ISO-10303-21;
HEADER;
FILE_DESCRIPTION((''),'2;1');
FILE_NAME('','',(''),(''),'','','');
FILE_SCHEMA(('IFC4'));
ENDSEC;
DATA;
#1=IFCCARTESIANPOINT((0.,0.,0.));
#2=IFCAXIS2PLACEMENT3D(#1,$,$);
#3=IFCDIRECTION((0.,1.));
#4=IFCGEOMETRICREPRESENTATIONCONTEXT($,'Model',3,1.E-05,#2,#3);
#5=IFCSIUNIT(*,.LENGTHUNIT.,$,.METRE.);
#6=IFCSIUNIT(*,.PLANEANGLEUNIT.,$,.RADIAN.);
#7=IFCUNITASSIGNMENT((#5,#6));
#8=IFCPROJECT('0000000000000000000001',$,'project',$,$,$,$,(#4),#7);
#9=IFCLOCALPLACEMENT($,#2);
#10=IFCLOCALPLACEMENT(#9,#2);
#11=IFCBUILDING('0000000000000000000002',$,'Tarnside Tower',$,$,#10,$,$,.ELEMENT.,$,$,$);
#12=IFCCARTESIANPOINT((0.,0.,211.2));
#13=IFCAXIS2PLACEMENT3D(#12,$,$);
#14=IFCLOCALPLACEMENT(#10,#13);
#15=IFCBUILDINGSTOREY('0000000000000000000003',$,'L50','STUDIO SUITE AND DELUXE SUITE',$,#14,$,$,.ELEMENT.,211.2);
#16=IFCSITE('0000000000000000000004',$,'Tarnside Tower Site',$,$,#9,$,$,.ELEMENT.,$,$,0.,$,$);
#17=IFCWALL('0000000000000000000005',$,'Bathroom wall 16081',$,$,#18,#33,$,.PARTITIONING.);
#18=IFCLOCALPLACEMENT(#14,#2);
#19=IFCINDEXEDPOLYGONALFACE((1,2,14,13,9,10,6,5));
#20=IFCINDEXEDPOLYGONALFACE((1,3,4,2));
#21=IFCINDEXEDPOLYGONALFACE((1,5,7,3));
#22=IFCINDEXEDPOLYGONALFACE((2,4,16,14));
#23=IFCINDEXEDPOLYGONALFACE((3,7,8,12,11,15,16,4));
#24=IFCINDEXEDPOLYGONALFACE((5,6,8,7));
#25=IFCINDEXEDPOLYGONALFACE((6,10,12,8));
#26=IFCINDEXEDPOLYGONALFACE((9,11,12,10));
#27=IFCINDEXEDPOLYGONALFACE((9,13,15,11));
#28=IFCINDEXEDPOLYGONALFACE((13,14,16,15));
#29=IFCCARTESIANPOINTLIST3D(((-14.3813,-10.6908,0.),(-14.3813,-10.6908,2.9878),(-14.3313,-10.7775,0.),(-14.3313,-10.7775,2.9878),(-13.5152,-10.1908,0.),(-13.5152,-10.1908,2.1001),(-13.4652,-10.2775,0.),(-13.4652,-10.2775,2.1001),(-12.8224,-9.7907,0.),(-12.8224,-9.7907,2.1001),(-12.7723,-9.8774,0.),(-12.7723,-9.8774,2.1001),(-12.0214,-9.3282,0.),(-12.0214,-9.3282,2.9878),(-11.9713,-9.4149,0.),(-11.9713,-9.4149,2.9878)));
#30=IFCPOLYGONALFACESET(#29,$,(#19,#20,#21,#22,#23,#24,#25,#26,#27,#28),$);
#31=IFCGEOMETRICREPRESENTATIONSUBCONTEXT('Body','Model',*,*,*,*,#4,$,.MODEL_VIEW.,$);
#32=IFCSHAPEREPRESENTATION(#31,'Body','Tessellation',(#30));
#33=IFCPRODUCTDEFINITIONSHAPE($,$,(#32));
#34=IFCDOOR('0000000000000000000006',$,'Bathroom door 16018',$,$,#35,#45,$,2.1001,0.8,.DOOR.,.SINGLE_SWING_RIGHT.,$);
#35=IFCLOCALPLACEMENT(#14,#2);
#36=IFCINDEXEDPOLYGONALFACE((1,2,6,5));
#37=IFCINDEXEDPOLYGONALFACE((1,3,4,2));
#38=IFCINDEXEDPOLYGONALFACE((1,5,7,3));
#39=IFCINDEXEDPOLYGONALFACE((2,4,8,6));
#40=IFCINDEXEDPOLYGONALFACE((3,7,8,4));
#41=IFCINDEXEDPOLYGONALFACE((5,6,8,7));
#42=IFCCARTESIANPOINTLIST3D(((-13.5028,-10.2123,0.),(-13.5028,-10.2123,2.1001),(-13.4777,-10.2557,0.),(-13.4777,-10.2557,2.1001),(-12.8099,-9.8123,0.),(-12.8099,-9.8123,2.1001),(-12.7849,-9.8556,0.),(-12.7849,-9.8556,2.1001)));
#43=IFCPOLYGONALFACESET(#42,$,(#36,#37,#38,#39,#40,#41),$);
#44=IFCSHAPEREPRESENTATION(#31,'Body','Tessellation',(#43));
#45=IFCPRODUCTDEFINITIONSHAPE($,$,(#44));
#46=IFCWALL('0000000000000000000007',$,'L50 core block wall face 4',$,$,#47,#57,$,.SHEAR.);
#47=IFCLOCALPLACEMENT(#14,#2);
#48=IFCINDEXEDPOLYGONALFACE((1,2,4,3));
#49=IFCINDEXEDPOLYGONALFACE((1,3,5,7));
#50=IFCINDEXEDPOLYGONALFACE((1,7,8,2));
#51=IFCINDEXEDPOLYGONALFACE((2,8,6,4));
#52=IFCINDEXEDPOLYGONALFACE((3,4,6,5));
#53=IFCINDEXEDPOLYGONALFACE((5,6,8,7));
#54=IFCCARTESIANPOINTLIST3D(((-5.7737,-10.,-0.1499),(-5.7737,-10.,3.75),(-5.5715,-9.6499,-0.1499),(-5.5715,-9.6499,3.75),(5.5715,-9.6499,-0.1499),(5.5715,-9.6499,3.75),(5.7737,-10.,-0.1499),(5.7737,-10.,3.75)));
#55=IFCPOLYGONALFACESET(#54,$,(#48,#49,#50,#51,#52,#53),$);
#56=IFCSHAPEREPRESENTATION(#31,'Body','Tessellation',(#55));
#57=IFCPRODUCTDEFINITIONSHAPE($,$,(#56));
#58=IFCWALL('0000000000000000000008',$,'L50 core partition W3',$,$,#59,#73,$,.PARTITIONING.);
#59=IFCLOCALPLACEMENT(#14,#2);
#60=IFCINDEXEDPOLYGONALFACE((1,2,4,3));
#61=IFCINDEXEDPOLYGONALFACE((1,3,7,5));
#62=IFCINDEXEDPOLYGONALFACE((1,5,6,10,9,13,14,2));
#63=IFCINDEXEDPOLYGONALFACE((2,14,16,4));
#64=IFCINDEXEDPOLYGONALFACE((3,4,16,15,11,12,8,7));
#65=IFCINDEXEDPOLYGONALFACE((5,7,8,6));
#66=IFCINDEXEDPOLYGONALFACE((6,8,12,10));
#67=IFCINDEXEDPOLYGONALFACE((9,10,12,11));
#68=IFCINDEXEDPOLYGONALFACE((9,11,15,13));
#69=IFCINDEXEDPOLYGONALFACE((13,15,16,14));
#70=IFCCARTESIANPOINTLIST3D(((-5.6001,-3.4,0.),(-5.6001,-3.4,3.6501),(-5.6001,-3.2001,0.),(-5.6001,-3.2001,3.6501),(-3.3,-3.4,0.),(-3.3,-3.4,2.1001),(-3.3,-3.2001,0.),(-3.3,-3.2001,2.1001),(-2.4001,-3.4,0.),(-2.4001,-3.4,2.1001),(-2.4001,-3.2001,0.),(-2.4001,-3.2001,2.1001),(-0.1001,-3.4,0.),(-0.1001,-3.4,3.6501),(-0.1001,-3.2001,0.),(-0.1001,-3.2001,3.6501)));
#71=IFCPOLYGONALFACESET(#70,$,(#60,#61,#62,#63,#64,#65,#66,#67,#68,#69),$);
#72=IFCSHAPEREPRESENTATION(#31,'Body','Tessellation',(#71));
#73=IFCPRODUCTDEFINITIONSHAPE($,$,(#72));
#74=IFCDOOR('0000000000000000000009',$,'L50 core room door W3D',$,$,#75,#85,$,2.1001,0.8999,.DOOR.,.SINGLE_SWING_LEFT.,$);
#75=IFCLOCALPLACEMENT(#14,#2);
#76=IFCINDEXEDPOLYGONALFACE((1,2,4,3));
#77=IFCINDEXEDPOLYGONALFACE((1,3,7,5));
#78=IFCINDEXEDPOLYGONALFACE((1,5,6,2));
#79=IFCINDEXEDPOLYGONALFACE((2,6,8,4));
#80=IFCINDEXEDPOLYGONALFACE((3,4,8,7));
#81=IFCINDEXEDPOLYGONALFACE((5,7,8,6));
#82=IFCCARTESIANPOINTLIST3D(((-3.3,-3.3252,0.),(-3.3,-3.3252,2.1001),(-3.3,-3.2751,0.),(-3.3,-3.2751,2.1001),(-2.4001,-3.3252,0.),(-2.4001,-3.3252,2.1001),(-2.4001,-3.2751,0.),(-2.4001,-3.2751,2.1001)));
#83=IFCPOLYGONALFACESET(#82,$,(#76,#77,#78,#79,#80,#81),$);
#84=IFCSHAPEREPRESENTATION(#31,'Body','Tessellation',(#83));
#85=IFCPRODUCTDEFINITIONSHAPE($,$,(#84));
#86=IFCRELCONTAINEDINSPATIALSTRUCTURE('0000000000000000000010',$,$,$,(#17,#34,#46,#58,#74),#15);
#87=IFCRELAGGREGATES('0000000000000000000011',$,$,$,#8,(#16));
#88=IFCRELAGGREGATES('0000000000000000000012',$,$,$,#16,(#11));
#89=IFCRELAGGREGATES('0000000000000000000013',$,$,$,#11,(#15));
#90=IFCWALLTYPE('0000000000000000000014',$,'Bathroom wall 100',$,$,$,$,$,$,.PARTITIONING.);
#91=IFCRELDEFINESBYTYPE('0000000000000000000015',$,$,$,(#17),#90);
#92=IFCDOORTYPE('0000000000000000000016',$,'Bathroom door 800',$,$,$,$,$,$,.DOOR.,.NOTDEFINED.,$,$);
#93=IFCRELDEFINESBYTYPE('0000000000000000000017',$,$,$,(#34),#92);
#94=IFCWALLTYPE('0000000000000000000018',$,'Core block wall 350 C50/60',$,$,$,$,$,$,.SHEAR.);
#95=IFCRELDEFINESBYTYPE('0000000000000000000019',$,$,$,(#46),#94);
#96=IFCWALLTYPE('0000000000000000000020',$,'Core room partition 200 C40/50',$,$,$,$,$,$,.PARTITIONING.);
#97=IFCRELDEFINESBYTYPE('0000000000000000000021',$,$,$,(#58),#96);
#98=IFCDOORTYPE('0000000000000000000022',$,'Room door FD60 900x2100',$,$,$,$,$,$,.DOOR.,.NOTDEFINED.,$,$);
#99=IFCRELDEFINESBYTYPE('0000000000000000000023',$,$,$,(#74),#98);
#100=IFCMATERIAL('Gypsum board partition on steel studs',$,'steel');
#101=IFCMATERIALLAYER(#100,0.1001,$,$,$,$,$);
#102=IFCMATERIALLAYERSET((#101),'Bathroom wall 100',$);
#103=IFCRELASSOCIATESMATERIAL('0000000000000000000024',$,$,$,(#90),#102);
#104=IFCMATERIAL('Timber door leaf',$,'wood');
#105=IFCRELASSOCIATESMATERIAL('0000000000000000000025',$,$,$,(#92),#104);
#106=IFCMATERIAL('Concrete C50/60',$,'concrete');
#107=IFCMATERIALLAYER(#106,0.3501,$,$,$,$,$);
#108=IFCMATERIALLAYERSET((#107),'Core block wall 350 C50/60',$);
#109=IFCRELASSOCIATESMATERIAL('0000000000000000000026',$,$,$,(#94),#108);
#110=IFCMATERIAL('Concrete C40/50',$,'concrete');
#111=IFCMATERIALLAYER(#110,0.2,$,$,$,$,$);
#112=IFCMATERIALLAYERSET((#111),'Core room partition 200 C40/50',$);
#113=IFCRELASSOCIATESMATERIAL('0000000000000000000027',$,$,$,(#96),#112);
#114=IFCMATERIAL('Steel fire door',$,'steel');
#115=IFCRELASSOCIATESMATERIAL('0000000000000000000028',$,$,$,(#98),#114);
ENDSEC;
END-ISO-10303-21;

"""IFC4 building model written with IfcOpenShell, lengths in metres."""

from ifc_helpers import new_model, si_unit, direction, frame, frame_2d, origin, place, context, subcontext, project, spatial, polyline, rectangle, outline, extrude, material, layer, layer_set, type_object, element, fill, save


model = new_model("IFC4")

# Units and contexts
model_context = context("Model", 3, precision=1e-05, world=origin(), true_north=direction((0.0, 1.0)))
body_context = subcontext(model_context, "Body", "Model", "MODEL_VIEW")
ifc_project = project(units=[si_unit("LENGTHUNIT", "METRE"), si_unit("PLANEANGLEUNIT", "RADIAN")], contexts=[model_context])

# Site, building, storey
site_placement = place(None, origin())
site = spatial("IfcSite", under=ifc_project, at=site_placement, Name="Tarnside Tower Site", CompositionType="ELEMENT", RefElevation=0.0)
building_placement = place(site_placement, origin())
building = spatial("IfcBuilding", under=site, at=building_placement, Name="Tarnside Tower", CompositionType="ELEMENT")
storey_placement = place(building_placement, frame((0.0, 0.0, 211.2)))
storey = spatial("IfcBuildingStorey", under=building, at=storey_placement, Name="L50", Description="STUDIO SUITE AND DELUXE SUITE", CompositionType="ELEMENT", Elevation=211.2)

# Wall, opening, door
ifc_material_1 = material(Name="Gypsum board partition on steel studs", Category="steel")
ifc_layer_1 = layer(ifc_material_1, 0.1001)
ifc_layer_set_1 = layer_set([ifc_layer_1], Name="Bathroom wall 100")
wall_type_1 = type_object("IfcWallType", Name="Bathroom wall 100", PredefinedType="PARTITIONING", material=ifc_layer_set_1)
wall_1_placement = place(storey_placement, frame((-11.9963, -9.3716, 0.0), z_axis=(0.0, 0.0, 1.0), x_axis=(-0.866013, -0.500022, 0.0)))
wall_1 = element("IfcWall", 1, at=wall_1_placement, inside=storey, type_object=wall_type_1, Name="Bathroom wall 16081", PredefinedType="PARTITIONING", context=body_context, shape_type="SweptSolid", body=[
    extrude(rectangle(XDim=2.7251, YDim=0.1001, at=frame_2d((1.3625, 0.0))), origin(), (0.0, 0.0, 1.0), 2.9878),
])
opening_1_placement = place(wall_1_placement, frame((0.925, 0.0, 0.0)))
opening_1 = element("IfcOpeningElement", 2, at=opening_1_placement, cuts=wall_1, PredefinedType="OPENING", context=body_context, shape_type="SweptSolid", body=[
    extrude(rectangle(XDim=0.8, YDim=2.1001, at=frame_2d((0.3999, 1.05))), frame((0.0, 0.0601, 0.0), z_axis=(0.0, -1.0, 0.0), x_axis=(1.0, 0.0, 0.0)), (0.0, 0.0, 1.0), 0.1201),
])
ifc_material_2 = material(Name="Timber door leaf", Category="wood")
door_type_1 = type_object("IfcDoorType", Name="Bathroom door 800", OperationType="NOTDEFINED", PredefinedType="DOOR", material=ifc_material_2)
door_1_placement = place(opening_1_placement, origin())
door_1 = element("IfcDoor", 3, at=door_1_placement, inside=storey, type_object=door_type_1, Name="Bathroom door 16018", OperationType="SINGLE_SWING_RIGHT", OverallHeight=2.1001, OverallWidth=0.8, PredefinedType="DOOR", context=body_context, shape_type="SweptSolid", body=[
    extrude(rectangle(XDim=0.8, YDim=2.1001, at=frame_2d((0.3999, 1.05))), frame((0.0, 0.0249, 0.0), z_axis=(0.0, -1.0, 0.0), x_axis=(1.0, 0.0, 0.0)), (0.0, 0.0, 1.0), 0.05),
])
fill(opening_1, door_1)

# Wall
ifc_material_3 = material(Name="Concrete C50/60", Category="concrete")
ifc_layer_2 = layer(ifc_material_3, 0.3501)
ifc_layer_set_2 = layer_set([ifc_layer_2], Name="Core block wall 350 C50/60")
wall_type_2 = type_object("IfcWallType", Name="Core block wall 350 C50/60", PredefinedType="SHEAR", material=ifc_layer_set_2)
wall_2_placement = place(storey_placement, frame((-5.6726, -9.825, -0.1499), z_axis=(0.0, 0.0, 1.0), x_axis=(1.0, 0.0, 0.0)))
element("IfcWall", 4, at=wall_2_placement, inside=storey, type_object=wall_type_2, Name="L50 core block wall face 4", PredefinedType="SHEAR", context=body_context, shape_type="SweptSolid", body=[
    extrude(outline(polyline([(-0.1011, -0.175), (11.4463, -0.175), (11.2441, 0.175), (0.1011, 0.175), (-0.1011, -0.175)])), origin(), (0.0, 0.0, 1.0), 3.8999),
])

# Wall, opening, door
ifc_material_4 = material(Name="Concrete C40/50", Category="concrete")
ifc_layer_3 = layer(ifc_material_4, 0.2)
ifc_layer_set_3 = layer_set([ifc_layer_3], Name="Core room partition 200 C40/50")
wall_type_3 = type_object("IfcWallType", Name="Core room partition 200 C40/50", PredefinedType="PARTITIONING", material=ifc_layer_set_3)
wall_3_placement = place(storey_placement, frame((-5.6001, -3.3, 0.0), z_axis=(0.0, 0.0, 1.0), x_axis=(1.0, 0.0, 0.0)))
wall_3 = element("IfcWall", 5, at=wall_3_placement, inside=storey, type_object=wall_type_3, Name="L50 core partition W3", PredefinedType="PARTITIONING", context=body_context, shape_type="SweptSolid", body=[
    extrude(rectangle(XDim=5.5, YDim=0.2, at=frame_2d((2.75, 0.0))), origin(), (0.0, 0.0, 1.0), 3.6501),
])
opening_2_placement = place(wall_3_placement, frame((2.3, 0.0, 0.0)))
opening_2 = element("IfcOpeningElement", 6, at=opening_2_placement, cuts=wall_3, PredefinedType="OPENING", context=body_context, shape_type="SweptSolid", body=[
    extrude(rectangle(XDim=0.8999, YDim=2.1001, at=frame_2d((0.45, 1.05))), frame((0.0, 0.1099, 0.0), z_axis=(0.0, -1.0, 0.0), x_axis=(1.0, 0.0, 0.0)), (0.0, 0.0, 1.0), 0.22),
])
ifc_material_5 = material(Name="Steel fire door", Category="steel")
door_type_2 = type_object("IfcDoorType", Name="Room door FD60 900x2100", OperationType="NOTDEFINED", PredefinedType="DOOR", material=ifc_material_5)
door_2_placement = place(opening_2_placement, origin())
door_2 = element("IfcDoor", 7, at=door_2_placement, inside=storey, type_object=door_type_2, Name="L50 core room door W3D", OperationType="SINGLE_SWING_LEFT", OverallHeight=2.1001, OverallWidth=0.8999, PredefinedType="DOOR", context=body_context, shape_type="SweptSolid", body=[
    extrude(rectangle(XDim=0.8999, YDim=2.1001, at=frame_2d((0.45, 1.05))), frame((0.0, 0.0249, 0.0), z_axis=(0.0, -1.0, 0.0), x_axis=(1.0, 0.0, 0.0)), (0.0, 0.0, 1.0), 0.05),
])
fill(opening_2, door_2)

save(model, "model.ifc")
